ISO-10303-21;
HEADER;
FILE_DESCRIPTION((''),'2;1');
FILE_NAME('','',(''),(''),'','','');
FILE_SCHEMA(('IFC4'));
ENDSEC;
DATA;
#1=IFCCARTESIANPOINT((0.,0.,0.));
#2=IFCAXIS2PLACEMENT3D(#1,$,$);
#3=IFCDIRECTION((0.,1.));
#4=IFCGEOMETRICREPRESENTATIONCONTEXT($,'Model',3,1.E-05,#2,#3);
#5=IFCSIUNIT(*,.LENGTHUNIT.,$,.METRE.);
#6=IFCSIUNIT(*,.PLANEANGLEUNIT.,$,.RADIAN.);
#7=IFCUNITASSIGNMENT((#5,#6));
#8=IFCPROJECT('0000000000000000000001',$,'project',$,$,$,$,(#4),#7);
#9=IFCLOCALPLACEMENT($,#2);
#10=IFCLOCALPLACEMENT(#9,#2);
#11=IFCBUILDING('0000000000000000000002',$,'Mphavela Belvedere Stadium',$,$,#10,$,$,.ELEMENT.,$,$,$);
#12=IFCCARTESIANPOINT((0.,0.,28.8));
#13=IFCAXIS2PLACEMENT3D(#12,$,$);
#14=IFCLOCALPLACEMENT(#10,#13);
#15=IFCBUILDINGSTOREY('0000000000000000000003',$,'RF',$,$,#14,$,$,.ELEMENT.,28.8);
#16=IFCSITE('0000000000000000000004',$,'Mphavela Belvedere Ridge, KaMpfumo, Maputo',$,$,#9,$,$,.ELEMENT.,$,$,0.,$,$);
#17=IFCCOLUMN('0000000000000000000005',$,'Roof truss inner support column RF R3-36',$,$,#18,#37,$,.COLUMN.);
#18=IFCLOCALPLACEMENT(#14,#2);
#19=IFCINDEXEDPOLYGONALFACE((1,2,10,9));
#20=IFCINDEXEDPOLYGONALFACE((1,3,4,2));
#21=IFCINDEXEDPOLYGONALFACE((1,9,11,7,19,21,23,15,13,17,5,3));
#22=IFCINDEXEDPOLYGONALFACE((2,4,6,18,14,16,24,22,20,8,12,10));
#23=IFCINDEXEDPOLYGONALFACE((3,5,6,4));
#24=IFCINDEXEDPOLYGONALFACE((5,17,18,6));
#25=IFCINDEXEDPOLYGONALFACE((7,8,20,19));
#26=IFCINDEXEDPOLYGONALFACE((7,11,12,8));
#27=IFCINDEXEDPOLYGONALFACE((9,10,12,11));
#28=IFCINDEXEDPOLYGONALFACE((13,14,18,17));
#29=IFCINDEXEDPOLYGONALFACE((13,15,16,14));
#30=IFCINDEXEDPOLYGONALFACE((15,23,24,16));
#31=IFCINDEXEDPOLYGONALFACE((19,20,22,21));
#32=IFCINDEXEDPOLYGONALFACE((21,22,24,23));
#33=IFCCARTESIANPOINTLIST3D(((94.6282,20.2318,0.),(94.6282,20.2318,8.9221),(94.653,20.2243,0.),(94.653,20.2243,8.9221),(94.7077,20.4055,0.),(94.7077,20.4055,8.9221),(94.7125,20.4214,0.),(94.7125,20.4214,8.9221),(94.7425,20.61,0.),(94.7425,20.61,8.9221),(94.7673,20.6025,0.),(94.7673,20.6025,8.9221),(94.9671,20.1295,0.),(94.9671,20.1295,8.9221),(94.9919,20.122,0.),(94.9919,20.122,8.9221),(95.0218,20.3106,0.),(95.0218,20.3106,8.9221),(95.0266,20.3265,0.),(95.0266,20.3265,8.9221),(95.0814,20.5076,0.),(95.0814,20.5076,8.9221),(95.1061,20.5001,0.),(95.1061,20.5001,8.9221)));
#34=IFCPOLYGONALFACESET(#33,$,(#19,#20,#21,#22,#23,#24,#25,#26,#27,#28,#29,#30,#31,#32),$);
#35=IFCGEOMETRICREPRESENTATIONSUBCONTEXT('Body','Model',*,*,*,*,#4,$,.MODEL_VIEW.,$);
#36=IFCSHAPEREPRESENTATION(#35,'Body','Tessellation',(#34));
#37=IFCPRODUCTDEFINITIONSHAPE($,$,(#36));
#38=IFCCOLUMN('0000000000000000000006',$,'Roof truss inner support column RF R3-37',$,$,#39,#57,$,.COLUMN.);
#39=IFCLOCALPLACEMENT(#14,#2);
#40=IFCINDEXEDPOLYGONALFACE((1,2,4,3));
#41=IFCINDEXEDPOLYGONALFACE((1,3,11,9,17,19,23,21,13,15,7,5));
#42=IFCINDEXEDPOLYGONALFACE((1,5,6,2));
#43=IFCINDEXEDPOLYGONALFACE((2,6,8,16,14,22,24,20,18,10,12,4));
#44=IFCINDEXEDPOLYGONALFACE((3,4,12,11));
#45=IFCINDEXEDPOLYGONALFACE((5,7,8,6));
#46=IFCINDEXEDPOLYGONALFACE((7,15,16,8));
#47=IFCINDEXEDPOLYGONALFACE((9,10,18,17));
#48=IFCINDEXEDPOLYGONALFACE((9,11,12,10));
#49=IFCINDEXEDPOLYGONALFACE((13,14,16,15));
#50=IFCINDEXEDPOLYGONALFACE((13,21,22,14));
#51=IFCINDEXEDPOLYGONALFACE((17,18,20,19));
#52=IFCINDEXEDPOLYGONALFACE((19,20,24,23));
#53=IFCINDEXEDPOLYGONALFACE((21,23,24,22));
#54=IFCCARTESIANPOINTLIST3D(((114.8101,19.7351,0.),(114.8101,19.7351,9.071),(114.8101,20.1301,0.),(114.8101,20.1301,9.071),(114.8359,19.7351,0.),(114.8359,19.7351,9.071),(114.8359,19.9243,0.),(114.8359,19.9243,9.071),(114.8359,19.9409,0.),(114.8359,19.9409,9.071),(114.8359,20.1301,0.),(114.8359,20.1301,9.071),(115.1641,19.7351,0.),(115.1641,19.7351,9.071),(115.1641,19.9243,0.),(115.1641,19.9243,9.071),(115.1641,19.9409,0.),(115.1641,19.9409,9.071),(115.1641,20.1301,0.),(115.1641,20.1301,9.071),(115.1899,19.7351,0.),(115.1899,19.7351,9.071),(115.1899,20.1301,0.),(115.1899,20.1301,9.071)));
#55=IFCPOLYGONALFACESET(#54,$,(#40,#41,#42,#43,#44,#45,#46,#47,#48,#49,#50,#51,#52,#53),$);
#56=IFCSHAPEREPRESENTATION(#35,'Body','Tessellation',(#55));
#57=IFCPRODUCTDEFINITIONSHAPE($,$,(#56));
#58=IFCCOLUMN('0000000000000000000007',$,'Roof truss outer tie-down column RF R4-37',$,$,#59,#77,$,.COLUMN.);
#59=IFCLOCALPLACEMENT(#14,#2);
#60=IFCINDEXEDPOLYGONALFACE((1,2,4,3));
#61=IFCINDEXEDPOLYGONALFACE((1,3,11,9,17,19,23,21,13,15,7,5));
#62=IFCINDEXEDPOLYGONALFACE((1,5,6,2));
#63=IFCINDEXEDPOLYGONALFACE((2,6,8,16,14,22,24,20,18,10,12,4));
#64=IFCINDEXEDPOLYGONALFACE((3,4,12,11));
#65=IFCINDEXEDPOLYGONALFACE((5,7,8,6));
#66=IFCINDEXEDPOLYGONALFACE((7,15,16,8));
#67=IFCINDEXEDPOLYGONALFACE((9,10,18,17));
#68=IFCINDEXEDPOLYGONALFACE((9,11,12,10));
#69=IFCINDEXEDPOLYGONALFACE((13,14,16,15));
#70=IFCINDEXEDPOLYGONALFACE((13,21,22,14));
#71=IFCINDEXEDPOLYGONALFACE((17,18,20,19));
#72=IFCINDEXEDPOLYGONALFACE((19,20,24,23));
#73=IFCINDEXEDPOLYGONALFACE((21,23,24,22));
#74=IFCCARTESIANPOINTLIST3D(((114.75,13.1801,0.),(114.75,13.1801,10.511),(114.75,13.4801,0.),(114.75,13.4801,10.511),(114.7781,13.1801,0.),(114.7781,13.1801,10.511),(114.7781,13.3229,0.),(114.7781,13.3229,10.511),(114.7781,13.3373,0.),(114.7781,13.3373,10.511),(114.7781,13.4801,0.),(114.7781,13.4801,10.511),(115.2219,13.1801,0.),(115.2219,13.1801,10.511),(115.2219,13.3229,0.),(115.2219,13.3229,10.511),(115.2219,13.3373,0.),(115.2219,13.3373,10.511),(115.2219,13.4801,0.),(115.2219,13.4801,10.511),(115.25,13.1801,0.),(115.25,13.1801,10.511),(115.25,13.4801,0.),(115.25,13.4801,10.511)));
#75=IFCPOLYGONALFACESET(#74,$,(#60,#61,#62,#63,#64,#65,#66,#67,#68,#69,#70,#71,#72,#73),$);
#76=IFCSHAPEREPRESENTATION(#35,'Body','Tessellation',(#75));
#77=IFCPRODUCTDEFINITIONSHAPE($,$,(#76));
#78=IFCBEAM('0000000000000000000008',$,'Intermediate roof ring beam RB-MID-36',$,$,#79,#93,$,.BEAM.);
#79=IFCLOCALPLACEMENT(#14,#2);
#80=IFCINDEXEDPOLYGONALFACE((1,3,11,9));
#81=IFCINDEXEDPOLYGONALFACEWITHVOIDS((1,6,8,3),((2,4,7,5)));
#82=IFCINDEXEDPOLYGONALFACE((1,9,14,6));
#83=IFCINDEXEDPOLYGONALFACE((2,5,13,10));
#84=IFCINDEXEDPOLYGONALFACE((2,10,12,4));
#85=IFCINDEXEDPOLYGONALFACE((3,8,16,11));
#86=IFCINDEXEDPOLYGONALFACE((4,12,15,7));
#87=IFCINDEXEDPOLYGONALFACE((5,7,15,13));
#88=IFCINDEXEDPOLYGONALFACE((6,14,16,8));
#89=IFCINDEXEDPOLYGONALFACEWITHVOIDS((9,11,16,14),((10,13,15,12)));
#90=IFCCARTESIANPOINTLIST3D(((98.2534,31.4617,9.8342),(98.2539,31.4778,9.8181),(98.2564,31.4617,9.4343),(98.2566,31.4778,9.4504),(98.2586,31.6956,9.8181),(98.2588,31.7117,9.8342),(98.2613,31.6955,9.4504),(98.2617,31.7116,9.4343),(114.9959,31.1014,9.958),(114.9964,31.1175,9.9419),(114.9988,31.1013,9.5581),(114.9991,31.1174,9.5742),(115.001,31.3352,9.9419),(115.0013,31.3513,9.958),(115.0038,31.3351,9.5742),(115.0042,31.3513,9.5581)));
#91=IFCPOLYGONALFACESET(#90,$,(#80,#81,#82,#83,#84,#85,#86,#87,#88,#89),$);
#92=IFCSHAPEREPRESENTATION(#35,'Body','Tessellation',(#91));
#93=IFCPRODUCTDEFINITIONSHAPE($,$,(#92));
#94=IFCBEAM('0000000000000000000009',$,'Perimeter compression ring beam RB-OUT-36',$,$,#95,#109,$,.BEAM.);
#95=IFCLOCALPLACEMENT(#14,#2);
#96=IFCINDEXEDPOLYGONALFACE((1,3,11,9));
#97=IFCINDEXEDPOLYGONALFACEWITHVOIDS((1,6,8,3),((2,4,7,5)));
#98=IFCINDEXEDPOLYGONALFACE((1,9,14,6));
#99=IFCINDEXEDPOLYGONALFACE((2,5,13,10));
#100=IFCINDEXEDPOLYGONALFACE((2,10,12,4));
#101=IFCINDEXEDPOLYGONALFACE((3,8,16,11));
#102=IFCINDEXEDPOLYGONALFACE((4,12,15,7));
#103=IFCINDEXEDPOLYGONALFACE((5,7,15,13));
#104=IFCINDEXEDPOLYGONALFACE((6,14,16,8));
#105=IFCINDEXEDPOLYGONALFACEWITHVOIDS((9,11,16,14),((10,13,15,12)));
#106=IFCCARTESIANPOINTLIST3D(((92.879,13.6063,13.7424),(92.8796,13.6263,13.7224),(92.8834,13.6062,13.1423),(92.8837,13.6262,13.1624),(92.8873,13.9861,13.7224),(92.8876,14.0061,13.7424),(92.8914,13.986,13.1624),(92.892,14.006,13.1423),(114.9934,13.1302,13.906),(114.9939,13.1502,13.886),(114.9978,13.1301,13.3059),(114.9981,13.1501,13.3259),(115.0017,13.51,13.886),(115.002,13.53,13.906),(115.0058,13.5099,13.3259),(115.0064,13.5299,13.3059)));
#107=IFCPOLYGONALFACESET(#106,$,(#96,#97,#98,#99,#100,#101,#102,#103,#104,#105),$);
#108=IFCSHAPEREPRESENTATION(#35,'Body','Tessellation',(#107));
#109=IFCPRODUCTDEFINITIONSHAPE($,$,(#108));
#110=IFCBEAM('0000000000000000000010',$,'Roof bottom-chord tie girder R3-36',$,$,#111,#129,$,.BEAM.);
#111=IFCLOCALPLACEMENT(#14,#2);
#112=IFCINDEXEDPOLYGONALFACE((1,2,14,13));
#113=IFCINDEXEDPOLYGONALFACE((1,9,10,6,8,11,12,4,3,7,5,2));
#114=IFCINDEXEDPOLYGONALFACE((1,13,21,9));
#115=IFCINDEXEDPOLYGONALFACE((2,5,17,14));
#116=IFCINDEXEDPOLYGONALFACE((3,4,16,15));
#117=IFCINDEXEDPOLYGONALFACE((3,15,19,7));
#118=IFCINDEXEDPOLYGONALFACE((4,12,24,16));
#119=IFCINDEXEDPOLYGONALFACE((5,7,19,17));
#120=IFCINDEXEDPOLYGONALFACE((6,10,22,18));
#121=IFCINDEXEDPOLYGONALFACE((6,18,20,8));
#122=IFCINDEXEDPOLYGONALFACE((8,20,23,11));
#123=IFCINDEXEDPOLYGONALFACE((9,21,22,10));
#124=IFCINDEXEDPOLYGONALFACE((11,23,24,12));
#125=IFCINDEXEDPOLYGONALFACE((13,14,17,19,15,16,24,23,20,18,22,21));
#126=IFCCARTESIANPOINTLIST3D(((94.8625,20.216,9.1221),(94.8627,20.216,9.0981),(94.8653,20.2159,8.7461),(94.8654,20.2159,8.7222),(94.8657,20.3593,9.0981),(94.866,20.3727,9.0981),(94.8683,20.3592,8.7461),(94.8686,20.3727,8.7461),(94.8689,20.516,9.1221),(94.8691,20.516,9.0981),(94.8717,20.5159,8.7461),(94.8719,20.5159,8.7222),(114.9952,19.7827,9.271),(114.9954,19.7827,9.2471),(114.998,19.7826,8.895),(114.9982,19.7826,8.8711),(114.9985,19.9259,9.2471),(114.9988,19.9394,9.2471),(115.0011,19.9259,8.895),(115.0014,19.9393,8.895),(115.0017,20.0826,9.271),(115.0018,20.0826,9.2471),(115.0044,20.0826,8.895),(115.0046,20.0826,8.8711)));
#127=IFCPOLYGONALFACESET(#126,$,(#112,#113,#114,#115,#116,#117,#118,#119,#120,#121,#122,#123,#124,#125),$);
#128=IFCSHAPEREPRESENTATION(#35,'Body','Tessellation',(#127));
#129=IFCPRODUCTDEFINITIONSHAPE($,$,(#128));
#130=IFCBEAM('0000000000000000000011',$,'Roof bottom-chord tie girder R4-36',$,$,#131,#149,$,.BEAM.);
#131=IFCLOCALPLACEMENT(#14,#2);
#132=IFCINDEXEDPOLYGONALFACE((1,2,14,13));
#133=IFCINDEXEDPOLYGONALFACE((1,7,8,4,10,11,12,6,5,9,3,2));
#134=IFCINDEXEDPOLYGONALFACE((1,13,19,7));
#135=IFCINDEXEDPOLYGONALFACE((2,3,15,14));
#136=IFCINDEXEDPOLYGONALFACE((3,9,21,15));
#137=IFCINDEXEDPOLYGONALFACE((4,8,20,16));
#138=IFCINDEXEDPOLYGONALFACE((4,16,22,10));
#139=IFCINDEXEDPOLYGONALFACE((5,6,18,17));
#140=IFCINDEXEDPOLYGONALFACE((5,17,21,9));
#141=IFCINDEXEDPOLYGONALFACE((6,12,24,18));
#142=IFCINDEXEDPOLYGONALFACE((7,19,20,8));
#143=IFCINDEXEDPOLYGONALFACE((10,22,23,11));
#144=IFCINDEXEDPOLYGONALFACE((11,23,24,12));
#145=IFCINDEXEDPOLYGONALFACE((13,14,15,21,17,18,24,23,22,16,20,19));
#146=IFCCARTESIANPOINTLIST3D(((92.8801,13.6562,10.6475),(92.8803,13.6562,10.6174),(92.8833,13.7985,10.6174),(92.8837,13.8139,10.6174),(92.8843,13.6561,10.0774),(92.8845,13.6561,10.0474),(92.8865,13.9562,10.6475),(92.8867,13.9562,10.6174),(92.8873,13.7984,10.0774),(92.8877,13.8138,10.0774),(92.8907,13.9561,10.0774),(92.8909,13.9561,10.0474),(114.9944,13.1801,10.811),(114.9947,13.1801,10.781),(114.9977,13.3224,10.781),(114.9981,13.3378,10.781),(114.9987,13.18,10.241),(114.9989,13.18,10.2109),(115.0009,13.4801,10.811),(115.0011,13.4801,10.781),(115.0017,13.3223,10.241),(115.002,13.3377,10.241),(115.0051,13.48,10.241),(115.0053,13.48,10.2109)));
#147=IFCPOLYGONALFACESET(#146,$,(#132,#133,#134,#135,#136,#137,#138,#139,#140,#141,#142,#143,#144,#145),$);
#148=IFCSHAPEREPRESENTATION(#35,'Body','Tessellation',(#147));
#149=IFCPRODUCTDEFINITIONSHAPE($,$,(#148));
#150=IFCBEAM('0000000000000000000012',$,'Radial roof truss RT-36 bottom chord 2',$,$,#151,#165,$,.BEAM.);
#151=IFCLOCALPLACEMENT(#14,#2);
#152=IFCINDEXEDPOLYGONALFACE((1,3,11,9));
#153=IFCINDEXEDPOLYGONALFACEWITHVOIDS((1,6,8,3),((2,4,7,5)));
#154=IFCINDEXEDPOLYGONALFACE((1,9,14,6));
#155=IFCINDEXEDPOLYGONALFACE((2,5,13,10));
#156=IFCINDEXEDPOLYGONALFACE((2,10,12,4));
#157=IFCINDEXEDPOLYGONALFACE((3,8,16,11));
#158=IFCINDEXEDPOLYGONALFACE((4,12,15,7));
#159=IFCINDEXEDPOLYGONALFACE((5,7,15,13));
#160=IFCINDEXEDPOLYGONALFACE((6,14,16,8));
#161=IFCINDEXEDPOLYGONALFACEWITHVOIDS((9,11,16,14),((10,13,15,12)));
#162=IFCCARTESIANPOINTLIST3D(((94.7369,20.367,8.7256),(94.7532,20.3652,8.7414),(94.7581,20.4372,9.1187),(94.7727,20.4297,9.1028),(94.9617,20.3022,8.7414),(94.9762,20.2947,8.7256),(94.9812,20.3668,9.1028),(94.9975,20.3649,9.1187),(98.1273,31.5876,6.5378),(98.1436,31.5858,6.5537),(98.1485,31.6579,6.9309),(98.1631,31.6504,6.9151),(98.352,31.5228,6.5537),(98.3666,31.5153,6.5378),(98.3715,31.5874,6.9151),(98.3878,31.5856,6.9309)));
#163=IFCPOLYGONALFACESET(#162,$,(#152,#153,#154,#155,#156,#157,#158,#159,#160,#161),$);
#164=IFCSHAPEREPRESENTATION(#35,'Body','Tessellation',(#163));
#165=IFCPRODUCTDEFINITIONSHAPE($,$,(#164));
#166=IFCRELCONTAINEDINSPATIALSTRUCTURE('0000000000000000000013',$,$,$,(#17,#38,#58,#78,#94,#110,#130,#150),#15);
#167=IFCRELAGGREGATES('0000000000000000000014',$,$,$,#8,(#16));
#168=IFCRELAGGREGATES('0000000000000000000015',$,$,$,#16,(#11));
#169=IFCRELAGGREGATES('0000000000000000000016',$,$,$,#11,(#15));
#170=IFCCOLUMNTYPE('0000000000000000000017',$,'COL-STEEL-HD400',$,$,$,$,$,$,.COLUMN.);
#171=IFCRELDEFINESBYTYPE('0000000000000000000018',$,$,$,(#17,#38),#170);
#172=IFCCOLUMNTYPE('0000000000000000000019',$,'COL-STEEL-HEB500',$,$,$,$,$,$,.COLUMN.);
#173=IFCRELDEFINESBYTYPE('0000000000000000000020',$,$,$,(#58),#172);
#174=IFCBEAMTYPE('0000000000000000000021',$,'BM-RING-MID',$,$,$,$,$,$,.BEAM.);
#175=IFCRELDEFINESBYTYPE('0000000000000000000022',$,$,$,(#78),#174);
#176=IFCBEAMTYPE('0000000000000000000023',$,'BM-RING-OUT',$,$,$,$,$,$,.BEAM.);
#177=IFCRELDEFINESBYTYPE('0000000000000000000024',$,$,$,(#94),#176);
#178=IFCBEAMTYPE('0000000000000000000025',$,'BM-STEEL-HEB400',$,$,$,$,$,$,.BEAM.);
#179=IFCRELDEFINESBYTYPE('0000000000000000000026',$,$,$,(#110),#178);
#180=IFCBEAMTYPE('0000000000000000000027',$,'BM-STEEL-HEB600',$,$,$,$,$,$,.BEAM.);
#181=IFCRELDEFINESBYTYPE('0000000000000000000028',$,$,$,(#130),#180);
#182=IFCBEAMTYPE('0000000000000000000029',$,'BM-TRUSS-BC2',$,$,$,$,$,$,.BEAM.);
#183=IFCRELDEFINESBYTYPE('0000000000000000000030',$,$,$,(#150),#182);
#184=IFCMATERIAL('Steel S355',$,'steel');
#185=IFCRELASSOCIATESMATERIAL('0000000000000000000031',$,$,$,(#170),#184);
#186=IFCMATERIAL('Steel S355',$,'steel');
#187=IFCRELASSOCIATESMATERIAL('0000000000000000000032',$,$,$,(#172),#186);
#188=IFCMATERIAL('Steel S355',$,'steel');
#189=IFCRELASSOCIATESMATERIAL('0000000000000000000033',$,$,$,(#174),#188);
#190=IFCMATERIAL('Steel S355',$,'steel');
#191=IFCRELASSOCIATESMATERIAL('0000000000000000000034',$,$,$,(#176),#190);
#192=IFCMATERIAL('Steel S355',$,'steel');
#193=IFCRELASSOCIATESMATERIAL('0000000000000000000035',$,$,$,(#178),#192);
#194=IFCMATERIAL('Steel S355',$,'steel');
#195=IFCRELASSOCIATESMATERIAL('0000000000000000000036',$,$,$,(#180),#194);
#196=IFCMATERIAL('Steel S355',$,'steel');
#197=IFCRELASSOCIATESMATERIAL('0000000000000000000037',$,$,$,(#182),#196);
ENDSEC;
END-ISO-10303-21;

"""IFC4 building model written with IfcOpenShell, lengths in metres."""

from ifc_helpers import new_model, si_unit, direction, frame, origin, origin_2d, place, context, subcontext, project, spatial, hollow_rectangle, i_section, extrude, material, material_profile, profile_set, type_object, element, save


model = new_model("IFC4")

# Units and contexts
model_context = context("Model", 3, precision=1e-05, world=origin(), true_north=direction((0.0, 1.0)))
body_context = subcontext(model_context, "Body", "Model", "MODEL_VIEW")
ifc_project = project(units=[si_unit("LENGTHUNIT", "METRE"), si_unit("PLANEANGLEUNIT", "RADIAN")], contexts=[model_context])

# Site, building, storey
site_placement = place(None, origin())
site = spatial("IfcSite", under=ifc_project, at=site_placement, Name="Mphavela Belvedere Ridge, KaMpfumo, Maputo", CompositionType="ELEMENT", RefElevation=0.0)
building_placement = place(site_placement, origin())
building = spatial("IfcBuilding", under=site, at=building_placement, Name="Mphavela Belvedere Stadium", CompositionType="ELEMENT")
storey_placement = place(building_placement, frame((0.0, 0.0, 28.8)))
storey = spatial("IfcBuildingStorey", under=building, at=storey_placement, Name="RF", CompositionType="ELEMENT", Elevation=28.8)

# Columns
ifc_material_1 = material(Name="Steel S355", Category="steel")
ifc_material_profile_1 = material_profile(ifc_material_1, i_section(OverallWidth=0.395, OverallDepth=0.3799, WebThickness=0.0166, FlangeThickness=0.0259, at=origin_2d()), Name="HD 400x237")
ifc_profile_set_1 = profile_set([ifc_material_profile_1], Name="Steel S355")
column_type_1 = type_object("IfcColumnType", Name="COL-STEEL-HD400", PredefinedType="COLUMN", material=ifc_profile_set_1)
column_1_placement = place(storey_placement, frame((94.8672, 20.366, 0.0), z_axis=(0.0, 0.0, 1.0), x_axis=(-0.289199, -0.957269, 0.0)))
element("IfcColumn", 1, at=column_1_placement, inside=storey, type_object=column_type_1, Name="Roof truss inner support column RF R3-36", PredefinedType="COLUMN", context=body_context, shape_type="SweptSolid", body=[
    extrude(i_section(OverallWidth=0.395, OverallDepth=0.3799, WebThickness=0.0166, FlangeThickness=0.0259, at=origin_2d()), origin(), (0.0, 0.0, 1.0), 8.9221),
])
column_2_placement = place(storey_placement, frame((115.0, 19.9326, 0.0), z_axis=(0.0, 0.0, 1.0), x_axis=(0.0, -1.0, 0.0)))
element("IfcColumn", 2, at=column_2_placement, inside=storey, type_object=column_type_1, Name="Roof truss inner support column RF R3-37", PredefinedType="COLUMN", context=body_context, shape_type="SweptSolid", body=[
    extrude(i_section(OverallWidth=0.395, OverallDepth=0.3799, WebThickness=0.0166, FlangeThickness=0.0259, at=origin_2d()), origin(), (0.0, 0.0, 1.0), 9.071),
])
ifc_material_2 = material(Name="Steel S355", Category="steel")
ifc_material_profile_2 = material_profile(ifc_material_2, i_section(OverallWidth=0.3, OverallDepth=0.5, WebThickness=0.0144, FlangeThickness=0.0281, at=origin_2d()), Name="HEB 500")
ifc_profile_set_2 = profile_set([ifc_material_profile_2], Name="Steel S355")
column_type_2 = type_object("IfcColumnType", Name="COL-STEEL-HEB500", PredefinedType="COLUMN", material=ifc_profile_set_2)
column_3_placement = place(storey_placement, frame((115.0, 13.3301, 0.0), z_axis=(0.0, 0.0, 1.0), x_axis=(0.0, -1.0, 0.0)))
element("IfcColumn", 3, at=column_3_placement, inside=storey, type_object=column_type_2, Name="Roof truss outer tie-down column RF R4-37", PredefinedType="COLUMN", context=body_context, shape_type="SweptSolid", body=[
    extrude(i_section(OverallWidth=0.3, OverallDepth=0.5, WebThickness=0.0144, FlangeThickness=0.0281, at=origin_2d()), origin(), (0.0, 0.0, 1.0), 10.511),
])

# Beams
ifc_material_3 = material(Name="Steel S355", Category="steel")
ifc_material_profile_3 = material_profile(ifc_material_3, hollow_rectangle(XDim=0.25, YDim=0.3999, WallThickness=0.0161, at=origin_2d()), Name="RHS 400x250x16")
ifc_profile_set_3 = profile_set([ifc_material_profile_3], Name="Steel S355")
beam_type_1 = type_object("IfcBeamType", Name="BM-RING-MID", PredefinedType="BEAM", material=ifc_profile_set_3)
beam_1_placement = place(storey_placement, frame((98.2576, 31.5867, 9.6343), z_axis=(0.999741, -0.021518, 0.007391), x_axis=(0.021518, 0.999768, 0.0)))
element("IfcBeam", 4, at=beam_1_placement, inside=storey, type_object=beam_type_1, Name="Intermediate roof ring beam RB-MID-36", PredefinedType="BEAM", context=body_context, shape_type="SweptSolid", body=[
    extrude(hollow_rectangle(XDim=0.25, YDim=0.3999, WallThickness=0.0161, at=origin_2d()), origin(), (0.0, 0.0, 1.0), 16.7468),
])
ifc_material_4 = material(Name="Steel S355", Category="steel")
ifc_material_profile_4 = material_profile(ifc_material_4, hollow_rectangle(XDim=0.3999, YDim=0.6001, WallThickness=0.02, at=origin_2d()), Name="RHS 600x400x20")
ifc_profile_set_4 = profile_set([ifc_material_profile_4], Name="Steel S355")
beam_type_2 = type_object("IfcBeamType", Name="BM-RING-OUT", PredefinedType="BEAM", material=ifc_profile_set_4)
beam_2_placement = place(storey_placement, frame((92.8855, 13.8062, 13.4424), z_axis=(0.999741, -0.021522, 0.007395), x_axis=(0.021523, 0.999768, 0.0)))
element("IfcBeam", 5, at=beam_2_placement, inside=storey, type_object=beam_type_2, Name="Perimeter compression ring beam RB-OUT-36", PredefinedType="BEAM", context=body_context, shape_type="SweptSolid", body=[
    extrude(hollow_rectangle(XDim=0.3999, YDim=0.6001, WallThickness=0.02, at=origin_2d()), origin(), (0.0, 0.0, 1.0), 22.1201),
])
ifc_material_5 = material(Name="Steel S355", Category="steel")
ifc_material_profile_5 = material_profile(ifc_material_5, i_section(OverallWidth=0.3, OverallDepth=0.3999, WebThickness=0.0134, FlangeThickness=0.0239, at=origin_2d()), Name="HEB 400")
ifc_profile_set_5 = profile_set([ifc_material_profile_5], Name="Steel S355")
beam_type_3 = type_object("IfcBeamType", Name="BM-STEEL-HEB400", PredefinedType="BEAM", material=ifc_profile_set_5)
beam_3_placement = place(storey_placement, frame((94.8672, 20.366, 8.9221), z_axis=(0.999741, -0.021519, 0.007395), x_axis=(0.02152, 0.999768, 0.0)))
element("IfcBeam", 6, at=beam_3_placement, inside=storey, type_object=beam_type_3, Name="Roof bottom-chord tie girder R3-36", PredefinedType="BEAM", context=body_context, shape_type="SweptSolid", body=[
    extrude(i_section(OverallWidth=0.3, OverallDepth=0.3999, WebThickness=0.0134, FlangeThickness=0.0239, at=origin_2d()), origin(), (0.0, 0.0, 1.0), 20.1379),
])
ifc_material_6 = material(Name="Steel S355", Category="steel")
ifc_material_profile_6 = material_profile(ifc_material_6, i_section(OverallWidth=0.3, OverallDepth=0.6001, WebThickness=0.0154, FlangeThickness=0.03, at=origin_2d()), Name="HEB 600")
ifc_profile_set_6 = profile_set([ifc_material_profile_6], Name="Steel S355")
beam_type_4 = type_object("IfcBeamType", Name="BM-STEEL-HEB600", PredefinedType="BEAM", material=ifc_profile_set_6)
beam_4_placement = place(storey_placement, frame((92.8855, 13.8062, 10.3474), z_axis=(0.999741, -0.021522, 0.007395), x_axis=(0.021523, 0.999768, 0.0)))
element("IfcBeam", 7, at=beam_4_placement, inside=storey, type_object=beam_type_4, Name="Roof bottom-chord tie girder R4-36", PredefinedType="BEAM", context=body_context, shape_type="SweptSolid", body=[
    extrude(i_section(OverallWidth=0.3, OverallDepth=0.6001, WebThickness=0.0154, FlangeThickness=0.03, at=origin_2d()), origin(), (0.0, 0.0, 1.0), 22.1201),
])
ifc_material_7 = material(Name="Steel S355", Category="steel")
ifc_material_profile_7 = material_profile(ifc_material_7, hollow_rectangle(XDim=0.25, YDim=0.3999, WallThickness=0.0161, at=origin_2d()), Name="RHS 400x250x16")
ifc_profile_set_7 = profile_set([ifc_material_profile_7], Name="Steel S355")
beam_type_5 = type_object("IfcBeamType", Name="BM-TRUSS-BC2", PredefinedType="BEAM", material=ifc_profile_set_7)
beam_5_placement = place(storey_placement, frame((94.8672, 20.366, 8.9221), z_axis=(0.284329, 0.941007, -0.183472), x_axis=(-0.957257, 0.289239, 0.0)))
element("IfcBeam", 8, at=beam_5_placement, inside=storey, type_object=beam_type_5, Name="Radial roof truss RT-36 bottom chord 2", PredefinedType="BEAM", context=body_context, shape_type="SweptSolid", body=[
    extrude(hollow_rectangle(XDim=0.25, YDim=0.3999, WallThickness=0.0161, at=origin_2d()), origin(), (0.0, 0.0, 1.0), 11.9241),
])

save(model, "model.ifc")
